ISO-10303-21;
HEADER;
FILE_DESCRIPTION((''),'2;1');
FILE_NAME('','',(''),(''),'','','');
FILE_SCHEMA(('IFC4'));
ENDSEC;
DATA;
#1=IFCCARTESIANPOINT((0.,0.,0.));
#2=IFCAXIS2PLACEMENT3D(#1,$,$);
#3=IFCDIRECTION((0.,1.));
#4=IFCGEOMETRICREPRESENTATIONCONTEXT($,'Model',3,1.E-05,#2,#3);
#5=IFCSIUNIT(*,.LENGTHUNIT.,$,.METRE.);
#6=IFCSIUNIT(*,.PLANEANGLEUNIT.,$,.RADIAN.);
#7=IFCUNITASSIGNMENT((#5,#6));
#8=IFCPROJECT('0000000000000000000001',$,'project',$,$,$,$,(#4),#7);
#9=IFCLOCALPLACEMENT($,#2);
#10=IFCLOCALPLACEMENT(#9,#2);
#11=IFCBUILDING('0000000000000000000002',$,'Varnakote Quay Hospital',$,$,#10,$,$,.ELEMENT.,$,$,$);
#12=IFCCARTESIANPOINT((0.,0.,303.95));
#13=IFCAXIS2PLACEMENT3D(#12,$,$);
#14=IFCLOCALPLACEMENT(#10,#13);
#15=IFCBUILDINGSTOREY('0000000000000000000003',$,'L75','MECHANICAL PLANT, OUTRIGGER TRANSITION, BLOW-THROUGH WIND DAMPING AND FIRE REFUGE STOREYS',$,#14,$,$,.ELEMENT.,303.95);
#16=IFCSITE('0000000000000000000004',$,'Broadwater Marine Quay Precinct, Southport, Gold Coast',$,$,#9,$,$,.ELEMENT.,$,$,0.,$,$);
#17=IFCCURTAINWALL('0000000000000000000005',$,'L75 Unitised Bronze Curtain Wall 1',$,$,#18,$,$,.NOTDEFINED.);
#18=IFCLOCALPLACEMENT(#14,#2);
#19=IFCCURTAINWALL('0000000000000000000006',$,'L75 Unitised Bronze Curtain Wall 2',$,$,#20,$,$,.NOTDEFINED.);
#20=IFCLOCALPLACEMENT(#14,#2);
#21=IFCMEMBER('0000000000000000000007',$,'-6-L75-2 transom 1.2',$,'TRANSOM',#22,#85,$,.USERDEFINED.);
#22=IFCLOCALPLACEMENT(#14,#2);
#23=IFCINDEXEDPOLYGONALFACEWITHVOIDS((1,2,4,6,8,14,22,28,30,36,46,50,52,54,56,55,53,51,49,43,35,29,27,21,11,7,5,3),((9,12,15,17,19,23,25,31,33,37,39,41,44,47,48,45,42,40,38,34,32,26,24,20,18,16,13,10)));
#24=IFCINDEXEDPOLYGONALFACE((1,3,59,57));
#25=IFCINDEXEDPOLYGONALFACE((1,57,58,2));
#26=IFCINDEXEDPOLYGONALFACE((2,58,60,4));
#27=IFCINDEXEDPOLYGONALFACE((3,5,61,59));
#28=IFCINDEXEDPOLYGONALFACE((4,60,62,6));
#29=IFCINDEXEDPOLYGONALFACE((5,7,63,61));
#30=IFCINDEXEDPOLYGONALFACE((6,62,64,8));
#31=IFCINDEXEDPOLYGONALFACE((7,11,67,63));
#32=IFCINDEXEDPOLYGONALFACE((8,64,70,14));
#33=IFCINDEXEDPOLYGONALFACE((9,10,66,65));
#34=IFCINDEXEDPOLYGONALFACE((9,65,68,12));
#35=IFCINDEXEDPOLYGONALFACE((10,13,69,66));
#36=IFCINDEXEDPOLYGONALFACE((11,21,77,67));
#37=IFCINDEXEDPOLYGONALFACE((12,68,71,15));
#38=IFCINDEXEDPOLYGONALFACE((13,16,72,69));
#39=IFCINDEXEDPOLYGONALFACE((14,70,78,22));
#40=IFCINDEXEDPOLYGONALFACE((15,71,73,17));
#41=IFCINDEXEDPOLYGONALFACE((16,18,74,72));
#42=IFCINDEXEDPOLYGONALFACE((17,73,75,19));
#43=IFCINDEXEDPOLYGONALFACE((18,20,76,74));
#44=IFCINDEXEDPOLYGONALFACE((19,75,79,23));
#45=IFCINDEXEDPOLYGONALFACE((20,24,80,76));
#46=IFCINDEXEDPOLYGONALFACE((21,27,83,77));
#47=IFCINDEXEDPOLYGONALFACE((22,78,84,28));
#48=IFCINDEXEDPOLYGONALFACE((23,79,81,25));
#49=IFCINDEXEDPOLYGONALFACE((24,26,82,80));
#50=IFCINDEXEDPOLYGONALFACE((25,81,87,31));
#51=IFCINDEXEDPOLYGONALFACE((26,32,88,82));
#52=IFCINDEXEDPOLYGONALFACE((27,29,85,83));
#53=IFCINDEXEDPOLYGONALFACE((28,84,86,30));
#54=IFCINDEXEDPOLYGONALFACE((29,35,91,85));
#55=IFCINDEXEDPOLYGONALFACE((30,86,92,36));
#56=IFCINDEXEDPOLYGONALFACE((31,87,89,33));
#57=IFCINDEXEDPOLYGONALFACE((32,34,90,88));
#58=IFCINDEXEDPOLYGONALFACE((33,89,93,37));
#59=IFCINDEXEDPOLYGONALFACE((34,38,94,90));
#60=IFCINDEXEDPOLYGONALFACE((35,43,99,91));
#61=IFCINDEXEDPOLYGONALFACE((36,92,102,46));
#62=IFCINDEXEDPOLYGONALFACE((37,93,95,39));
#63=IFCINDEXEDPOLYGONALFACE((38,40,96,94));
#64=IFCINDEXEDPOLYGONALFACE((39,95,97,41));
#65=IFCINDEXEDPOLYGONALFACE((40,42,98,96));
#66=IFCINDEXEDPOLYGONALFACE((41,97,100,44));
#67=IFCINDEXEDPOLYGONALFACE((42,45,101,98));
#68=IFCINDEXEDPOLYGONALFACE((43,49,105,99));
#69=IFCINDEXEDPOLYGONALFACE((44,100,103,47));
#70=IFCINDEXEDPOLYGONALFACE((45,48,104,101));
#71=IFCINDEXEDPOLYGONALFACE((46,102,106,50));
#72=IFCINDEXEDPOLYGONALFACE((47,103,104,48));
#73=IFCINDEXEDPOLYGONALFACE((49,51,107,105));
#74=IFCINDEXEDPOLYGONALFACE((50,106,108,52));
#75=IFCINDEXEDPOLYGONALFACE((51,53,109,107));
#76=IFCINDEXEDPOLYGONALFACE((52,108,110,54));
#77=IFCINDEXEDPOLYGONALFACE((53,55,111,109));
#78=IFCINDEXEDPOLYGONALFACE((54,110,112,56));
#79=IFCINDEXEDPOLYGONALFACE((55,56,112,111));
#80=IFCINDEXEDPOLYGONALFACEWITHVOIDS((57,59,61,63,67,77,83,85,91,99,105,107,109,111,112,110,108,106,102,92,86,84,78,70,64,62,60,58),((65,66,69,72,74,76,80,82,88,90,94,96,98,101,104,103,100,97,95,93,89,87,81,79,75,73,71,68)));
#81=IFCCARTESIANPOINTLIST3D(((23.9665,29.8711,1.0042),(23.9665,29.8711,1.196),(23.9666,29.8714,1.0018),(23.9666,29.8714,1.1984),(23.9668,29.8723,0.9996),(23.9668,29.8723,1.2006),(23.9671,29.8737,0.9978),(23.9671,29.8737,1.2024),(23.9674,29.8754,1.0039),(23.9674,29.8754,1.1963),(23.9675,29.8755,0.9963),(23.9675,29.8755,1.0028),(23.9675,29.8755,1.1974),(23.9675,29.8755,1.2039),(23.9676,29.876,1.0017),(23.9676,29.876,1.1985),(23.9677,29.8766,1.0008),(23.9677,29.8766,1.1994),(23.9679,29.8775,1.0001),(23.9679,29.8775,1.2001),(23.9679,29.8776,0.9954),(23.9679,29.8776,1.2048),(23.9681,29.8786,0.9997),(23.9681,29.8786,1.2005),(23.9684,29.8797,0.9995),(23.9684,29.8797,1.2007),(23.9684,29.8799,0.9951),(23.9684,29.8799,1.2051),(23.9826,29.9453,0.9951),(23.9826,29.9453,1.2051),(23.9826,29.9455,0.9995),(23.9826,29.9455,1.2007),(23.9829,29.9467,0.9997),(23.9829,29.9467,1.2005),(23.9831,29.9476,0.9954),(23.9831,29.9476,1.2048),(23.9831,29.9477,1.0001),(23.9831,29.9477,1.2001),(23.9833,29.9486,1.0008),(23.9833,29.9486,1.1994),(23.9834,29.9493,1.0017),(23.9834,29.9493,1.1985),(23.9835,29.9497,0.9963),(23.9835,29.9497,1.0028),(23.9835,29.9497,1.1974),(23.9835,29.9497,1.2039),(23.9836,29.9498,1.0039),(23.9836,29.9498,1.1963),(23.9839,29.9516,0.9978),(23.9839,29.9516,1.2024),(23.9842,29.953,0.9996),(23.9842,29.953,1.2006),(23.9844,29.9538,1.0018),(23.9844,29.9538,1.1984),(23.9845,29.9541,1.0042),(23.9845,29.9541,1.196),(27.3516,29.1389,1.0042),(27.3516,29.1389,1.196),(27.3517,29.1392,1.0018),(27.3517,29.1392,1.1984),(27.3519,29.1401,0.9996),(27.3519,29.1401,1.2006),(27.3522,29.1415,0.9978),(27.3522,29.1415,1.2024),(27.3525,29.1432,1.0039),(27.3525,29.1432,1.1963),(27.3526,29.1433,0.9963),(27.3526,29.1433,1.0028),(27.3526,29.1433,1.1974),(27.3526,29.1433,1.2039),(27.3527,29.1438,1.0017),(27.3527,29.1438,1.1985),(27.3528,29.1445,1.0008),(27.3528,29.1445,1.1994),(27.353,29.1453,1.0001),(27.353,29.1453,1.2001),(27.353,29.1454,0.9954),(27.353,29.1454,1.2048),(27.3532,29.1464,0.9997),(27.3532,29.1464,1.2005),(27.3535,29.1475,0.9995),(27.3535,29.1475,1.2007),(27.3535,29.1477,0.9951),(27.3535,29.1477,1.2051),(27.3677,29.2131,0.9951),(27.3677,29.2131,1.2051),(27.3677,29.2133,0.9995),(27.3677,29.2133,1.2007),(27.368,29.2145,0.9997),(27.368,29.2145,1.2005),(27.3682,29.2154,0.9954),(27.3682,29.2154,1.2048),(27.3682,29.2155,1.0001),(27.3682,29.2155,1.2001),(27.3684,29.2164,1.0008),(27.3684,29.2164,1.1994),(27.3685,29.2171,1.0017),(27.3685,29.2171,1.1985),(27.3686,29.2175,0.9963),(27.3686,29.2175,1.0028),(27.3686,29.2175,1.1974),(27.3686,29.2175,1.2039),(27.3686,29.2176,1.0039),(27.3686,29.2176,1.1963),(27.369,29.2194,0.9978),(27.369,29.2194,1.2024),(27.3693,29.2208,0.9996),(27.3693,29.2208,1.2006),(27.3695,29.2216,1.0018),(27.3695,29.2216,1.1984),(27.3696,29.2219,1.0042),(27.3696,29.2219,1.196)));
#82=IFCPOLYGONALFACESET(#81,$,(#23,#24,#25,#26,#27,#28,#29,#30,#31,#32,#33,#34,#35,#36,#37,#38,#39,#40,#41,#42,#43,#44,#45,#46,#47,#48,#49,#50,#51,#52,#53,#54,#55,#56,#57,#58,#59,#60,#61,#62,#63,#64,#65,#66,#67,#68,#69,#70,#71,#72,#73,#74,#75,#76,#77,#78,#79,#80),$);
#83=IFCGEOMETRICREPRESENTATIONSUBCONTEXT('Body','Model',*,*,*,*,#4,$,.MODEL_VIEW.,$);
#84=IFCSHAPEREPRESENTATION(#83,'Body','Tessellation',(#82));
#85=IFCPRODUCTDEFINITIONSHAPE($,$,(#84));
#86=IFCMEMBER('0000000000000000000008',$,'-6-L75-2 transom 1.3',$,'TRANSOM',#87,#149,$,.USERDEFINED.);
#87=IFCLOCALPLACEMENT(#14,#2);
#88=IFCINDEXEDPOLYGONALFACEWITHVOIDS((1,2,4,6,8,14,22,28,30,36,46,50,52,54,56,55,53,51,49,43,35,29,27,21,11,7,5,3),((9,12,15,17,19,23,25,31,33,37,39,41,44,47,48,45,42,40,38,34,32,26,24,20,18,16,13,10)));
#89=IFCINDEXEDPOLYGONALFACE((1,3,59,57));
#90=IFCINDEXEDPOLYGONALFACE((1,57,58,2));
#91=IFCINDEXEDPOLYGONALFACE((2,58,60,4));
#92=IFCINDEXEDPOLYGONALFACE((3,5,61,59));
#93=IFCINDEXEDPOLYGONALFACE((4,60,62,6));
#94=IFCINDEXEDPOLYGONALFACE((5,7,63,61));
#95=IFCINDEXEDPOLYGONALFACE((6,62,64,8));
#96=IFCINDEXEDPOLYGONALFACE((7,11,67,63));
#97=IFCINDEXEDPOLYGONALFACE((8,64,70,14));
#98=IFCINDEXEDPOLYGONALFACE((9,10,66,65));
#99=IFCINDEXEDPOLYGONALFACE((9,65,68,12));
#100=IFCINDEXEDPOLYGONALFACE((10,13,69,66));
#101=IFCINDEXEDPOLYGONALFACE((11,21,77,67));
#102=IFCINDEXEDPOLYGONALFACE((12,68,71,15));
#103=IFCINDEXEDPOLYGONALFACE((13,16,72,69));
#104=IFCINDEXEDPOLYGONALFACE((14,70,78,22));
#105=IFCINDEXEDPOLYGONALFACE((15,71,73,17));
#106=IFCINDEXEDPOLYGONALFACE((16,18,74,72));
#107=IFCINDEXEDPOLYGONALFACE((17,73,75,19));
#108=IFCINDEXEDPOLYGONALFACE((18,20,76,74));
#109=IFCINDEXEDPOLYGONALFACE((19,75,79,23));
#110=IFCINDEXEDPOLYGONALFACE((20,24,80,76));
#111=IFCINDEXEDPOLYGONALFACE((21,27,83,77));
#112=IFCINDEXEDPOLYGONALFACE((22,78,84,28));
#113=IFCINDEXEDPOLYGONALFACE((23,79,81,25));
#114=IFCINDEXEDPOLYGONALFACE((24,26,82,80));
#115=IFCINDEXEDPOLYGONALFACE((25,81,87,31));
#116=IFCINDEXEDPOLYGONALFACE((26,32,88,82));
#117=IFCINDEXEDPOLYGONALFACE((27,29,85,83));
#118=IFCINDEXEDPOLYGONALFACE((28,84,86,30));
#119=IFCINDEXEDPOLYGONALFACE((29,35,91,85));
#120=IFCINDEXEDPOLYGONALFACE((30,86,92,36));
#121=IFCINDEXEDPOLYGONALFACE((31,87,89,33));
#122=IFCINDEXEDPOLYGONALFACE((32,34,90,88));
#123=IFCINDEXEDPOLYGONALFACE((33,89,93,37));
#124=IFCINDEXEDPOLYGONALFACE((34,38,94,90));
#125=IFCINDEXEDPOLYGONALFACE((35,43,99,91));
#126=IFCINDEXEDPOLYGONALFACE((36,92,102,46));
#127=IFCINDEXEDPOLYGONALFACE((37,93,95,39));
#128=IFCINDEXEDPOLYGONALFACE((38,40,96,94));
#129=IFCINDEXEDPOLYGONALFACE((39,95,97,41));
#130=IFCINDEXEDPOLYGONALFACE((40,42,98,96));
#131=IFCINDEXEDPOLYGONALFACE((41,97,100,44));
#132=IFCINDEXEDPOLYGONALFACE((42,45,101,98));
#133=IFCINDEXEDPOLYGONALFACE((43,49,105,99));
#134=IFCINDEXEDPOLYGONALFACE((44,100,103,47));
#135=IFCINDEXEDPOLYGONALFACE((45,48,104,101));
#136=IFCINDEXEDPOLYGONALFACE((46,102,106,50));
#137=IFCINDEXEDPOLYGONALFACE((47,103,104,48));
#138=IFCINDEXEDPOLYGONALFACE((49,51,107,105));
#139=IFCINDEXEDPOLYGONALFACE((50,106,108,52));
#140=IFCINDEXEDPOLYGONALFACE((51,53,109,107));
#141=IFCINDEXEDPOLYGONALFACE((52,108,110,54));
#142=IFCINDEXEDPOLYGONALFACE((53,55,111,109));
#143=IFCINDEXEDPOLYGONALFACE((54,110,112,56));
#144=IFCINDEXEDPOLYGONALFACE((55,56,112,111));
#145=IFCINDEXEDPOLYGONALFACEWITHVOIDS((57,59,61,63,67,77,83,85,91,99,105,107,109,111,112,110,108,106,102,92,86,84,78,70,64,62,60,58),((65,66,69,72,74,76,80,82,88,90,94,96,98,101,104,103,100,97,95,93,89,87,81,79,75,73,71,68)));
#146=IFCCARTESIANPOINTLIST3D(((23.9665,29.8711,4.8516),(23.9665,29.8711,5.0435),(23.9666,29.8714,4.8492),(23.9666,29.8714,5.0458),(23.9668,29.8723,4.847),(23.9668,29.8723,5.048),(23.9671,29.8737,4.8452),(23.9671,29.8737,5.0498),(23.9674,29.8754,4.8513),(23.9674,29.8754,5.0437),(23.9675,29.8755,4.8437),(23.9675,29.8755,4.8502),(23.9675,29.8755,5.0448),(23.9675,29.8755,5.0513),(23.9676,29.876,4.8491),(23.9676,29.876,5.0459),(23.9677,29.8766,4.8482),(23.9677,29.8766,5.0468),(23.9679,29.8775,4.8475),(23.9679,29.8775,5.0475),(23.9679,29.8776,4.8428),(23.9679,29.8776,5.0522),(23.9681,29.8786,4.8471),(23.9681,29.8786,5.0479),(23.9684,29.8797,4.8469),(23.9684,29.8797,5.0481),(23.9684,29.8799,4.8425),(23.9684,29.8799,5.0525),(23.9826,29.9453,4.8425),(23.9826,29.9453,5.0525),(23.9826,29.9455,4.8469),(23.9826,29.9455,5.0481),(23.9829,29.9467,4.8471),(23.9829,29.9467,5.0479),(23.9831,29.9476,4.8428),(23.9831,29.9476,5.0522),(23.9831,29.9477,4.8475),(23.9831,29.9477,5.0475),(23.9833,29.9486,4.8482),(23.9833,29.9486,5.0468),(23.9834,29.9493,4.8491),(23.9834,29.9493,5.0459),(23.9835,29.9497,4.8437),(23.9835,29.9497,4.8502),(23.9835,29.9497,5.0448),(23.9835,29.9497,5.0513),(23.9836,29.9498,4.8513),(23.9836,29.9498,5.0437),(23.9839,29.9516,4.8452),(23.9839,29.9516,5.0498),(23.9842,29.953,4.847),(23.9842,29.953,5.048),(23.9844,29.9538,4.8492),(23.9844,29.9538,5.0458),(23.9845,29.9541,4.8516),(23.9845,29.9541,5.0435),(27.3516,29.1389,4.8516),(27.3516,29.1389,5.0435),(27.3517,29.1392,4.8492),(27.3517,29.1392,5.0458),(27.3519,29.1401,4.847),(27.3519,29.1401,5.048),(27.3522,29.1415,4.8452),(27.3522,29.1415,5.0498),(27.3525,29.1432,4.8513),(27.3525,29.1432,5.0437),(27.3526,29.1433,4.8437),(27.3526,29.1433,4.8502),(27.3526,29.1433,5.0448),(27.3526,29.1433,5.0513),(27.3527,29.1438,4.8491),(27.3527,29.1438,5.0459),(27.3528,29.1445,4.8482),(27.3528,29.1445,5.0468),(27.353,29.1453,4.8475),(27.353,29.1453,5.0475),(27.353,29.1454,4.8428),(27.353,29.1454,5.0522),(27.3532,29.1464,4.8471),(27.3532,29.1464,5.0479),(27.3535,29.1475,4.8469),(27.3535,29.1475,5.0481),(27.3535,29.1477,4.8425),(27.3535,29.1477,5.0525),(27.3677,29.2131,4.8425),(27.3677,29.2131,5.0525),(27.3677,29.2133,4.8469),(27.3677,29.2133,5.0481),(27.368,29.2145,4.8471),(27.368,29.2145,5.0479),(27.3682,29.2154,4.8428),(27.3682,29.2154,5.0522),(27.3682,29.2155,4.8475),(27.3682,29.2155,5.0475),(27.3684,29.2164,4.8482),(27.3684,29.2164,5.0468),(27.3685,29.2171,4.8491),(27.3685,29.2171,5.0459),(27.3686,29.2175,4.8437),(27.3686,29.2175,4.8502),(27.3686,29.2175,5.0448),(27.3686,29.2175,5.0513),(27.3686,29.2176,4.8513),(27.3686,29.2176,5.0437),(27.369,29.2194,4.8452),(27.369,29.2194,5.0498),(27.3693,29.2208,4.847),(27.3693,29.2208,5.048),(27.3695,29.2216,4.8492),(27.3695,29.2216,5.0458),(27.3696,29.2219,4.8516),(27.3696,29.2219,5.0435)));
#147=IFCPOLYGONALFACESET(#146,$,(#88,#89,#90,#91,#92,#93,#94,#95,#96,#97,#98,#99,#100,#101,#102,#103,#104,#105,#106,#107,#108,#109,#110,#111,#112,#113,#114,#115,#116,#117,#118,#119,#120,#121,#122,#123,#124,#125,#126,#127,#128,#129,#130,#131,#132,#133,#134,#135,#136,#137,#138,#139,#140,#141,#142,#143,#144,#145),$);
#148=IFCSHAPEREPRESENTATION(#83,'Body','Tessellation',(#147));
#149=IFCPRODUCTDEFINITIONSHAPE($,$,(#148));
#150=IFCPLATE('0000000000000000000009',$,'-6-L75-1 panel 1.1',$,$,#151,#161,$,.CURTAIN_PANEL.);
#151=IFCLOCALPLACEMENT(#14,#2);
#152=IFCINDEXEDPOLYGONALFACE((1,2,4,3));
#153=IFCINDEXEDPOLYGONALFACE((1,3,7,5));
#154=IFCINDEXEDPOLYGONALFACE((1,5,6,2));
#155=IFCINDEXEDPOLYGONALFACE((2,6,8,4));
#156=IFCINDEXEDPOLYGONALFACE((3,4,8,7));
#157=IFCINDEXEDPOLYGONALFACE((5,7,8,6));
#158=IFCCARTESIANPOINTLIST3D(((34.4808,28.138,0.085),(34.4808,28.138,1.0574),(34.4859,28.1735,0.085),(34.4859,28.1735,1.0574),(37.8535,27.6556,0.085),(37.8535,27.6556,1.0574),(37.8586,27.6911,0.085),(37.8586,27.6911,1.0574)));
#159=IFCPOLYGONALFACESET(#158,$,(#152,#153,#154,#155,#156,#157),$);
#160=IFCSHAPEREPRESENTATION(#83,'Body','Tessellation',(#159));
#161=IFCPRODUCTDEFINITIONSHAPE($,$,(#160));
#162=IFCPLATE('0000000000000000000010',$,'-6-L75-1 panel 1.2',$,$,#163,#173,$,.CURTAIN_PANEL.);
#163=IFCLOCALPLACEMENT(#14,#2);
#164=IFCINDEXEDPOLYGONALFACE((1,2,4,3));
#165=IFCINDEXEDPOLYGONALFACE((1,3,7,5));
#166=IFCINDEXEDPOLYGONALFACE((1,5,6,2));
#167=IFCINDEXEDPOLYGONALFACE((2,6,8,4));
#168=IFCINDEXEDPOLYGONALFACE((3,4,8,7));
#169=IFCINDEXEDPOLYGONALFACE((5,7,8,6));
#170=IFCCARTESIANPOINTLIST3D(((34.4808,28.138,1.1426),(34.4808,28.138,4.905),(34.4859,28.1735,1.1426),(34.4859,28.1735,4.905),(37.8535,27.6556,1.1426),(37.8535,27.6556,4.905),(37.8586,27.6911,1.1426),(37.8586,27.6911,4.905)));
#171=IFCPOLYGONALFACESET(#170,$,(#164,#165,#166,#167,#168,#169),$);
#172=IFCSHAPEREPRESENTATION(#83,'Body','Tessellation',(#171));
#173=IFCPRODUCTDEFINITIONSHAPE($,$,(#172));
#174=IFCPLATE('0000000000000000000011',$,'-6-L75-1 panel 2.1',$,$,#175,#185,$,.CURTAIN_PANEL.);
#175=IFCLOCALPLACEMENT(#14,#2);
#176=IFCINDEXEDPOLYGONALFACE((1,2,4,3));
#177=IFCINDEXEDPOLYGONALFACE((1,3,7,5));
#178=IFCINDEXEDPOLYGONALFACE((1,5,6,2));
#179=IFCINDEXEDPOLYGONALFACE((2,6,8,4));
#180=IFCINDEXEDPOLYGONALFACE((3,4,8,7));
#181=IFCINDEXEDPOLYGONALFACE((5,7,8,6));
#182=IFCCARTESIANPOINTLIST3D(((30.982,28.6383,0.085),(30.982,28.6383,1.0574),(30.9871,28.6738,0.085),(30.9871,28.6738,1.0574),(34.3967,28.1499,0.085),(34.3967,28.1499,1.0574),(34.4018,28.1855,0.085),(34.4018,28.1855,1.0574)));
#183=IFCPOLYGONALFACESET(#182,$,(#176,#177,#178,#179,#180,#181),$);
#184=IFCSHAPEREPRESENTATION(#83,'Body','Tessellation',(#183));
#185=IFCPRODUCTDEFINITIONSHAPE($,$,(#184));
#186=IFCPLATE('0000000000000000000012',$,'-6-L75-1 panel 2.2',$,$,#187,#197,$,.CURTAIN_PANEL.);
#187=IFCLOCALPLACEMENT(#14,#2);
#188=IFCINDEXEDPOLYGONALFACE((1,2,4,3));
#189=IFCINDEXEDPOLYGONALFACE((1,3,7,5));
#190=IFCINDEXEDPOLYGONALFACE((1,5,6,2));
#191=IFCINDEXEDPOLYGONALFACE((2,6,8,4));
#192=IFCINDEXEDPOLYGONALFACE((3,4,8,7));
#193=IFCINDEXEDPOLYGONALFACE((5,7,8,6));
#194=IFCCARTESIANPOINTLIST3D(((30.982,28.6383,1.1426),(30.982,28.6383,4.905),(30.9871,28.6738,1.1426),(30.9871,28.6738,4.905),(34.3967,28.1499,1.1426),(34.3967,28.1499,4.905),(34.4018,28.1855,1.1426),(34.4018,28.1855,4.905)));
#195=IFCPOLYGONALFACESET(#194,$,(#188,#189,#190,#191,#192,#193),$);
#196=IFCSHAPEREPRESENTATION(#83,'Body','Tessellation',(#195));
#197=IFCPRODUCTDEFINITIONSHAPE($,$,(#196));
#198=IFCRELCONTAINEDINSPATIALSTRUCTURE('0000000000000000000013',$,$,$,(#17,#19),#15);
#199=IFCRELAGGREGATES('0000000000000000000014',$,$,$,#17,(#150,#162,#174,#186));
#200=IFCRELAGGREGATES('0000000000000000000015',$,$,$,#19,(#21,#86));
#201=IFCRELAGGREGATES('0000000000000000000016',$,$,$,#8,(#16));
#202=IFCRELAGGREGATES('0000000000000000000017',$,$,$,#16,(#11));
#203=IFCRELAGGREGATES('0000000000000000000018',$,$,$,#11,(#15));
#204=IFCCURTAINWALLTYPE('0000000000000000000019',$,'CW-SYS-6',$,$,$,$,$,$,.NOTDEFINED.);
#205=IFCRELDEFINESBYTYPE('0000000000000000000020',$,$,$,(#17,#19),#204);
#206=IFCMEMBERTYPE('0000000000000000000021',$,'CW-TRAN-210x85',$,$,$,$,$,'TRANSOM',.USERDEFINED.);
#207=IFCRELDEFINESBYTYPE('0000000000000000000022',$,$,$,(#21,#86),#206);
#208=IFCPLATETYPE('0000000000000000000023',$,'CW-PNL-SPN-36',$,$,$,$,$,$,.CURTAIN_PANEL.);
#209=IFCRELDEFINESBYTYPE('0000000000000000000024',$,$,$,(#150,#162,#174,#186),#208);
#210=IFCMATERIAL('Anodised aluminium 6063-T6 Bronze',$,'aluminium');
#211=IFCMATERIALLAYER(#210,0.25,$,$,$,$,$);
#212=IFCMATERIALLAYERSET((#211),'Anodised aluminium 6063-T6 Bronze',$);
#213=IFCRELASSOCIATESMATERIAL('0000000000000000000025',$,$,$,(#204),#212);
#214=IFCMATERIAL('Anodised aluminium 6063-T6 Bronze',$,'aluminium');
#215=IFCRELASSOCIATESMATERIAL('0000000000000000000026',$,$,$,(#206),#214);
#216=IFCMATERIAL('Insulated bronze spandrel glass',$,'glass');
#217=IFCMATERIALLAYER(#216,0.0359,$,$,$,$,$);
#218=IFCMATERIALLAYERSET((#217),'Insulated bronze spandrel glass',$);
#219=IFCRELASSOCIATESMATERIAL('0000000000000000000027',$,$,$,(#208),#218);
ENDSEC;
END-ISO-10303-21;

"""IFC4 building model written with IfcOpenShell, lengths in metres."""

from ifc_helpers import new_model, si_unit, direction, frame, origin, origin_2d, place, context, subcontext, project, spatial, rectangle, hollow_rectangle, extrude, material, layer, layer_set, material_profile, profile_set, type_object, element, aggregate, save


model = new_model("IFC4")

# Units and contexts
model_context = context("Model", 3, precision=1e-05, world=origin(), true_north=direction((0.0, 1.0)))
body_context = subcontext(model_context, "Body", "Model", "MODEL_VIEW")
ifc_project = project(units=[si_unit("LENGTHUNIT", "METRE"), si_unit("PLANEANGLEUNIT", "RADIAN")], contexts=[model_context])

# Site, building, storey
site_placement = place(None, origin())
site = spatial("IfcSite", under=ifc_project, at=site_placement, Name="Broadwater Marine Quay Precinct, Southport, Gold Coast", CompositionType="ELEMENT", RefElevation=0.0)
building_placement = place(site_placement, origin())
building = spatial("IfcBuilding", under=site, at=building_placement, Name="Varnakote Quay Hospital", CompositionType="ELEMENT")
storey_placement = place(building_placement, frame((0.0, 0.0, 303.95)))
storey = spatial("IfcBuildingStorey", under=building, at=storey_placement, Name="L75", Description="MECHANICAL PLANT, OUTRIGGER TRANSITION, BLOW-THROUGH WIND DAMPING AND FIRE REFUGE STOREYS", CompositionType="ELEMENT", Elevation=303.95)

# Curtain wall
ifc_material_1 = material(Name="Anodised aluminium 6063-T6 Bronze", Category="aluminium")
ifc_layer_1 = layer(ifc_material_1, 0.25)
ifc_layer_set_1 = layer_set([ifc_layer_1], Name="Anodised aluminium 6063-T6 Bronze")
curtain_wall_type = type_object("IfcCurtainWallType", Name="CW-SYS-6", PredefinedType="NOTDEFINED", material=ifc_layer_set_1)
curtain_wall_1_placement = place(storey_placement, origin())
curtain_wall_1 = element("IfcCurtainWall", 1, at=curtain_wall_1_placement, inside=storey, type_object=curtain_wall_type, Name="L75 Unitised Bronze Curtain Wall 1", PredefinedType="NOTDEFINED")

# Curtain wall
curtain_wall_2_placement = place(storey_placement, origin())
curtain_wall_2 = element("IfcCurtainWall", 2, at=curtain_wall_2_placement, inside=storey, type_object=curtain_wall_type, Name="L75 Unitised Bronze Curtain Wall 2", PredefinedType="NOTDEFINED")

# Members
ifc_material_2 = material(Name="Anodised aluminium 6063-T6 Bronze", Category="aluminium")
ifc_material_profile_1 = material_profile(ifc_material_2, hollow_rectangle(XDim=0.085, YDim=0.21, WallThickness=0.0044, InnerFilletRadius=0.0044, OuterFilletRadius=0.009, at=origin_2d()), Name="CW-TRAN-210x85")
ifc_profile_set_1 = profile_set([ifc_material_profile_1], Name="Anodised aluminium 6063-T6 Bronze")
member_type_1 = type_object("IfcMemberType", Name="CW-TRAN-210x85", ElementType="TRANSOM", PredefinedType="USERDEFINED", material=ifc_profile_set_1)
member_1_placement = place(storey_placement, frame((27.3606, 29.1804, 1.1001), z_axis=(-0.977397, 0.211411, 0.0), x_axis=(-0.211411, -0.977397, 0.0)))
member_1 = element("IfcMember", 3, at=member_1_placement, type_object=member_type_1, Name="-6-L75-2 transom 1.2", ObjectType="TRANSOM", PredefinedType="USERDEFINED", context=body_context, shape_type="SweptSolid", body=[
    extrude(hollow_rectangle(XDim=0.085, YDim=0.21, WallThickness=0.0044, InnerFilletRadius=0.0044, OuterFilletRadius=0.009, at=origin_2d()), origin(), (0.0, 0.0, 1.0), 3.4634),
])
member_2_placement = place(storey_placement, frame((27.3606, 29.1804, 4.9475), z_axis=(-0.977397, 0.211411, 0.0), x_axis=(-0.211411, -0.977397, 0.0)))
member_2 = element("IfcMember", 4, at=member_2_placement, type_object=member_type_1, Name="-6-L75-2 transom 1.3", ObjectType="TRANSOM", PredefinedType="USERDEFINED", context=body_context, shape_type="SweptSolid", body=[
    extrude(hollow_rectangle(XDim=0.085, YDim=0.21, WallThickness=0.0044, InnerFilletRadius=0.0044, OuterFilletRadius=0.009, at=origin_2d()), origin(), (0.0, 0.0, 1.0), 3.4634),
])

# Plates
ifc_material_3 = material(Name="Insulated bronze spandrel glass", Category="glass")
ifc_layer_2 = layer(ifc_material_3, 0.0359)
ifc_layer_set_2 = layer_set([ifc_layer_2], Name="Insulated bronze spandrel glass")
plate_type_1 = type_object("IfcPlateType", Name="CW-PNL-SPN-36", PredefinedType="CURTAIN_PANEL", material=ifc_layer_set_2)
plate_1_placement = place(storey_placement, frame((36.1697, 27.9146, 0.085), z_axis=(0.0, 0.0, 1.0), x_axis=(-0.989928, 0.141572, 0.0)))
plate_1 = element("IfcPlate", 5, at=plate_1_placement, type_object=plate_type_1, Name="-6-L75-1 panel 1.1", PredefinedType="CURTAIN_PANEL", context=body_context, shape_type="SweptSolid", body=[
    extrude(rectangle(XDim=3.407, YDim=0.0359, at=origin_2d()), origin(), (0.0, 0.0, 1.0), 0.9724),
])
plate_2_placement = place(storey_placement, frame((36.1697, 27.9146, 1.1426), z_axis=(0.0, 0.0, 1.0), x_axis=(-0.989928, 0.141572, 0.0)))
plate_2 = element("IfcPlate", 6, at=plate_2_placement, type_object=plate_type_1, Name="-6-L75-1 panel 1.2", PredefinedType="CURTAIN_PANEL", context=body_context, shape_type="SweptSolid", body=[
    extrude(rectangle(XDim=3.407, YDim=0.0359, at=origin_2d()), origin(), (0.0, 0.0, 1.0), 3.7625),
])
plate_3_placement = place(storey_placement, frame((32.6919, 28.4119, 0.085), z_axis=(0.0, 0.0, 1.0), x_axis=(-0.989928, 0.141572, 0.0)))
plate_3 = element("IfcPlate", 7, at=plate_3_placement, type_object=plate_type_1, Name="-6-L75-1 panel 2.1", PredefinedType="CURTAIN_PANEL", context=body_context, shape_type="SweptSolid", body=[
    extrude(rectangle(XDim=3.4495, YDim=0.0359, at=origin_2d()), origin(), (0.0, 0.0, 1.0), 0.9724),
])
plate_4_placement = place(storey_placement, frame((32.6919, 28.4119, 1.1426), z_axis=(0.0, 0.0, 1.0), x_axis=(-0.989928, 0.141572, 0.0)))
plate_4 = element("IfcPlate", 8, at=plate_4_placement, type_object=plate_type_1, Name="-6-L75-1 panel 2.2", PredefinedType="CURTAIN_PANEL", context=body_context, shape_type="SweptSolid", body=[
    extrude(rectangle(XDim=3.4495, YDim=0.0359, at=origin_2d()), origin(), (0.0, 0.0, 1.0), 3.7625),
])
aggregate(curtain_wall_1, [plate_1, plate_2, plate_3, plate_4])
aggregate(curtain_wall_2, [member_1, member_2])

save(model, "model.ifc")
